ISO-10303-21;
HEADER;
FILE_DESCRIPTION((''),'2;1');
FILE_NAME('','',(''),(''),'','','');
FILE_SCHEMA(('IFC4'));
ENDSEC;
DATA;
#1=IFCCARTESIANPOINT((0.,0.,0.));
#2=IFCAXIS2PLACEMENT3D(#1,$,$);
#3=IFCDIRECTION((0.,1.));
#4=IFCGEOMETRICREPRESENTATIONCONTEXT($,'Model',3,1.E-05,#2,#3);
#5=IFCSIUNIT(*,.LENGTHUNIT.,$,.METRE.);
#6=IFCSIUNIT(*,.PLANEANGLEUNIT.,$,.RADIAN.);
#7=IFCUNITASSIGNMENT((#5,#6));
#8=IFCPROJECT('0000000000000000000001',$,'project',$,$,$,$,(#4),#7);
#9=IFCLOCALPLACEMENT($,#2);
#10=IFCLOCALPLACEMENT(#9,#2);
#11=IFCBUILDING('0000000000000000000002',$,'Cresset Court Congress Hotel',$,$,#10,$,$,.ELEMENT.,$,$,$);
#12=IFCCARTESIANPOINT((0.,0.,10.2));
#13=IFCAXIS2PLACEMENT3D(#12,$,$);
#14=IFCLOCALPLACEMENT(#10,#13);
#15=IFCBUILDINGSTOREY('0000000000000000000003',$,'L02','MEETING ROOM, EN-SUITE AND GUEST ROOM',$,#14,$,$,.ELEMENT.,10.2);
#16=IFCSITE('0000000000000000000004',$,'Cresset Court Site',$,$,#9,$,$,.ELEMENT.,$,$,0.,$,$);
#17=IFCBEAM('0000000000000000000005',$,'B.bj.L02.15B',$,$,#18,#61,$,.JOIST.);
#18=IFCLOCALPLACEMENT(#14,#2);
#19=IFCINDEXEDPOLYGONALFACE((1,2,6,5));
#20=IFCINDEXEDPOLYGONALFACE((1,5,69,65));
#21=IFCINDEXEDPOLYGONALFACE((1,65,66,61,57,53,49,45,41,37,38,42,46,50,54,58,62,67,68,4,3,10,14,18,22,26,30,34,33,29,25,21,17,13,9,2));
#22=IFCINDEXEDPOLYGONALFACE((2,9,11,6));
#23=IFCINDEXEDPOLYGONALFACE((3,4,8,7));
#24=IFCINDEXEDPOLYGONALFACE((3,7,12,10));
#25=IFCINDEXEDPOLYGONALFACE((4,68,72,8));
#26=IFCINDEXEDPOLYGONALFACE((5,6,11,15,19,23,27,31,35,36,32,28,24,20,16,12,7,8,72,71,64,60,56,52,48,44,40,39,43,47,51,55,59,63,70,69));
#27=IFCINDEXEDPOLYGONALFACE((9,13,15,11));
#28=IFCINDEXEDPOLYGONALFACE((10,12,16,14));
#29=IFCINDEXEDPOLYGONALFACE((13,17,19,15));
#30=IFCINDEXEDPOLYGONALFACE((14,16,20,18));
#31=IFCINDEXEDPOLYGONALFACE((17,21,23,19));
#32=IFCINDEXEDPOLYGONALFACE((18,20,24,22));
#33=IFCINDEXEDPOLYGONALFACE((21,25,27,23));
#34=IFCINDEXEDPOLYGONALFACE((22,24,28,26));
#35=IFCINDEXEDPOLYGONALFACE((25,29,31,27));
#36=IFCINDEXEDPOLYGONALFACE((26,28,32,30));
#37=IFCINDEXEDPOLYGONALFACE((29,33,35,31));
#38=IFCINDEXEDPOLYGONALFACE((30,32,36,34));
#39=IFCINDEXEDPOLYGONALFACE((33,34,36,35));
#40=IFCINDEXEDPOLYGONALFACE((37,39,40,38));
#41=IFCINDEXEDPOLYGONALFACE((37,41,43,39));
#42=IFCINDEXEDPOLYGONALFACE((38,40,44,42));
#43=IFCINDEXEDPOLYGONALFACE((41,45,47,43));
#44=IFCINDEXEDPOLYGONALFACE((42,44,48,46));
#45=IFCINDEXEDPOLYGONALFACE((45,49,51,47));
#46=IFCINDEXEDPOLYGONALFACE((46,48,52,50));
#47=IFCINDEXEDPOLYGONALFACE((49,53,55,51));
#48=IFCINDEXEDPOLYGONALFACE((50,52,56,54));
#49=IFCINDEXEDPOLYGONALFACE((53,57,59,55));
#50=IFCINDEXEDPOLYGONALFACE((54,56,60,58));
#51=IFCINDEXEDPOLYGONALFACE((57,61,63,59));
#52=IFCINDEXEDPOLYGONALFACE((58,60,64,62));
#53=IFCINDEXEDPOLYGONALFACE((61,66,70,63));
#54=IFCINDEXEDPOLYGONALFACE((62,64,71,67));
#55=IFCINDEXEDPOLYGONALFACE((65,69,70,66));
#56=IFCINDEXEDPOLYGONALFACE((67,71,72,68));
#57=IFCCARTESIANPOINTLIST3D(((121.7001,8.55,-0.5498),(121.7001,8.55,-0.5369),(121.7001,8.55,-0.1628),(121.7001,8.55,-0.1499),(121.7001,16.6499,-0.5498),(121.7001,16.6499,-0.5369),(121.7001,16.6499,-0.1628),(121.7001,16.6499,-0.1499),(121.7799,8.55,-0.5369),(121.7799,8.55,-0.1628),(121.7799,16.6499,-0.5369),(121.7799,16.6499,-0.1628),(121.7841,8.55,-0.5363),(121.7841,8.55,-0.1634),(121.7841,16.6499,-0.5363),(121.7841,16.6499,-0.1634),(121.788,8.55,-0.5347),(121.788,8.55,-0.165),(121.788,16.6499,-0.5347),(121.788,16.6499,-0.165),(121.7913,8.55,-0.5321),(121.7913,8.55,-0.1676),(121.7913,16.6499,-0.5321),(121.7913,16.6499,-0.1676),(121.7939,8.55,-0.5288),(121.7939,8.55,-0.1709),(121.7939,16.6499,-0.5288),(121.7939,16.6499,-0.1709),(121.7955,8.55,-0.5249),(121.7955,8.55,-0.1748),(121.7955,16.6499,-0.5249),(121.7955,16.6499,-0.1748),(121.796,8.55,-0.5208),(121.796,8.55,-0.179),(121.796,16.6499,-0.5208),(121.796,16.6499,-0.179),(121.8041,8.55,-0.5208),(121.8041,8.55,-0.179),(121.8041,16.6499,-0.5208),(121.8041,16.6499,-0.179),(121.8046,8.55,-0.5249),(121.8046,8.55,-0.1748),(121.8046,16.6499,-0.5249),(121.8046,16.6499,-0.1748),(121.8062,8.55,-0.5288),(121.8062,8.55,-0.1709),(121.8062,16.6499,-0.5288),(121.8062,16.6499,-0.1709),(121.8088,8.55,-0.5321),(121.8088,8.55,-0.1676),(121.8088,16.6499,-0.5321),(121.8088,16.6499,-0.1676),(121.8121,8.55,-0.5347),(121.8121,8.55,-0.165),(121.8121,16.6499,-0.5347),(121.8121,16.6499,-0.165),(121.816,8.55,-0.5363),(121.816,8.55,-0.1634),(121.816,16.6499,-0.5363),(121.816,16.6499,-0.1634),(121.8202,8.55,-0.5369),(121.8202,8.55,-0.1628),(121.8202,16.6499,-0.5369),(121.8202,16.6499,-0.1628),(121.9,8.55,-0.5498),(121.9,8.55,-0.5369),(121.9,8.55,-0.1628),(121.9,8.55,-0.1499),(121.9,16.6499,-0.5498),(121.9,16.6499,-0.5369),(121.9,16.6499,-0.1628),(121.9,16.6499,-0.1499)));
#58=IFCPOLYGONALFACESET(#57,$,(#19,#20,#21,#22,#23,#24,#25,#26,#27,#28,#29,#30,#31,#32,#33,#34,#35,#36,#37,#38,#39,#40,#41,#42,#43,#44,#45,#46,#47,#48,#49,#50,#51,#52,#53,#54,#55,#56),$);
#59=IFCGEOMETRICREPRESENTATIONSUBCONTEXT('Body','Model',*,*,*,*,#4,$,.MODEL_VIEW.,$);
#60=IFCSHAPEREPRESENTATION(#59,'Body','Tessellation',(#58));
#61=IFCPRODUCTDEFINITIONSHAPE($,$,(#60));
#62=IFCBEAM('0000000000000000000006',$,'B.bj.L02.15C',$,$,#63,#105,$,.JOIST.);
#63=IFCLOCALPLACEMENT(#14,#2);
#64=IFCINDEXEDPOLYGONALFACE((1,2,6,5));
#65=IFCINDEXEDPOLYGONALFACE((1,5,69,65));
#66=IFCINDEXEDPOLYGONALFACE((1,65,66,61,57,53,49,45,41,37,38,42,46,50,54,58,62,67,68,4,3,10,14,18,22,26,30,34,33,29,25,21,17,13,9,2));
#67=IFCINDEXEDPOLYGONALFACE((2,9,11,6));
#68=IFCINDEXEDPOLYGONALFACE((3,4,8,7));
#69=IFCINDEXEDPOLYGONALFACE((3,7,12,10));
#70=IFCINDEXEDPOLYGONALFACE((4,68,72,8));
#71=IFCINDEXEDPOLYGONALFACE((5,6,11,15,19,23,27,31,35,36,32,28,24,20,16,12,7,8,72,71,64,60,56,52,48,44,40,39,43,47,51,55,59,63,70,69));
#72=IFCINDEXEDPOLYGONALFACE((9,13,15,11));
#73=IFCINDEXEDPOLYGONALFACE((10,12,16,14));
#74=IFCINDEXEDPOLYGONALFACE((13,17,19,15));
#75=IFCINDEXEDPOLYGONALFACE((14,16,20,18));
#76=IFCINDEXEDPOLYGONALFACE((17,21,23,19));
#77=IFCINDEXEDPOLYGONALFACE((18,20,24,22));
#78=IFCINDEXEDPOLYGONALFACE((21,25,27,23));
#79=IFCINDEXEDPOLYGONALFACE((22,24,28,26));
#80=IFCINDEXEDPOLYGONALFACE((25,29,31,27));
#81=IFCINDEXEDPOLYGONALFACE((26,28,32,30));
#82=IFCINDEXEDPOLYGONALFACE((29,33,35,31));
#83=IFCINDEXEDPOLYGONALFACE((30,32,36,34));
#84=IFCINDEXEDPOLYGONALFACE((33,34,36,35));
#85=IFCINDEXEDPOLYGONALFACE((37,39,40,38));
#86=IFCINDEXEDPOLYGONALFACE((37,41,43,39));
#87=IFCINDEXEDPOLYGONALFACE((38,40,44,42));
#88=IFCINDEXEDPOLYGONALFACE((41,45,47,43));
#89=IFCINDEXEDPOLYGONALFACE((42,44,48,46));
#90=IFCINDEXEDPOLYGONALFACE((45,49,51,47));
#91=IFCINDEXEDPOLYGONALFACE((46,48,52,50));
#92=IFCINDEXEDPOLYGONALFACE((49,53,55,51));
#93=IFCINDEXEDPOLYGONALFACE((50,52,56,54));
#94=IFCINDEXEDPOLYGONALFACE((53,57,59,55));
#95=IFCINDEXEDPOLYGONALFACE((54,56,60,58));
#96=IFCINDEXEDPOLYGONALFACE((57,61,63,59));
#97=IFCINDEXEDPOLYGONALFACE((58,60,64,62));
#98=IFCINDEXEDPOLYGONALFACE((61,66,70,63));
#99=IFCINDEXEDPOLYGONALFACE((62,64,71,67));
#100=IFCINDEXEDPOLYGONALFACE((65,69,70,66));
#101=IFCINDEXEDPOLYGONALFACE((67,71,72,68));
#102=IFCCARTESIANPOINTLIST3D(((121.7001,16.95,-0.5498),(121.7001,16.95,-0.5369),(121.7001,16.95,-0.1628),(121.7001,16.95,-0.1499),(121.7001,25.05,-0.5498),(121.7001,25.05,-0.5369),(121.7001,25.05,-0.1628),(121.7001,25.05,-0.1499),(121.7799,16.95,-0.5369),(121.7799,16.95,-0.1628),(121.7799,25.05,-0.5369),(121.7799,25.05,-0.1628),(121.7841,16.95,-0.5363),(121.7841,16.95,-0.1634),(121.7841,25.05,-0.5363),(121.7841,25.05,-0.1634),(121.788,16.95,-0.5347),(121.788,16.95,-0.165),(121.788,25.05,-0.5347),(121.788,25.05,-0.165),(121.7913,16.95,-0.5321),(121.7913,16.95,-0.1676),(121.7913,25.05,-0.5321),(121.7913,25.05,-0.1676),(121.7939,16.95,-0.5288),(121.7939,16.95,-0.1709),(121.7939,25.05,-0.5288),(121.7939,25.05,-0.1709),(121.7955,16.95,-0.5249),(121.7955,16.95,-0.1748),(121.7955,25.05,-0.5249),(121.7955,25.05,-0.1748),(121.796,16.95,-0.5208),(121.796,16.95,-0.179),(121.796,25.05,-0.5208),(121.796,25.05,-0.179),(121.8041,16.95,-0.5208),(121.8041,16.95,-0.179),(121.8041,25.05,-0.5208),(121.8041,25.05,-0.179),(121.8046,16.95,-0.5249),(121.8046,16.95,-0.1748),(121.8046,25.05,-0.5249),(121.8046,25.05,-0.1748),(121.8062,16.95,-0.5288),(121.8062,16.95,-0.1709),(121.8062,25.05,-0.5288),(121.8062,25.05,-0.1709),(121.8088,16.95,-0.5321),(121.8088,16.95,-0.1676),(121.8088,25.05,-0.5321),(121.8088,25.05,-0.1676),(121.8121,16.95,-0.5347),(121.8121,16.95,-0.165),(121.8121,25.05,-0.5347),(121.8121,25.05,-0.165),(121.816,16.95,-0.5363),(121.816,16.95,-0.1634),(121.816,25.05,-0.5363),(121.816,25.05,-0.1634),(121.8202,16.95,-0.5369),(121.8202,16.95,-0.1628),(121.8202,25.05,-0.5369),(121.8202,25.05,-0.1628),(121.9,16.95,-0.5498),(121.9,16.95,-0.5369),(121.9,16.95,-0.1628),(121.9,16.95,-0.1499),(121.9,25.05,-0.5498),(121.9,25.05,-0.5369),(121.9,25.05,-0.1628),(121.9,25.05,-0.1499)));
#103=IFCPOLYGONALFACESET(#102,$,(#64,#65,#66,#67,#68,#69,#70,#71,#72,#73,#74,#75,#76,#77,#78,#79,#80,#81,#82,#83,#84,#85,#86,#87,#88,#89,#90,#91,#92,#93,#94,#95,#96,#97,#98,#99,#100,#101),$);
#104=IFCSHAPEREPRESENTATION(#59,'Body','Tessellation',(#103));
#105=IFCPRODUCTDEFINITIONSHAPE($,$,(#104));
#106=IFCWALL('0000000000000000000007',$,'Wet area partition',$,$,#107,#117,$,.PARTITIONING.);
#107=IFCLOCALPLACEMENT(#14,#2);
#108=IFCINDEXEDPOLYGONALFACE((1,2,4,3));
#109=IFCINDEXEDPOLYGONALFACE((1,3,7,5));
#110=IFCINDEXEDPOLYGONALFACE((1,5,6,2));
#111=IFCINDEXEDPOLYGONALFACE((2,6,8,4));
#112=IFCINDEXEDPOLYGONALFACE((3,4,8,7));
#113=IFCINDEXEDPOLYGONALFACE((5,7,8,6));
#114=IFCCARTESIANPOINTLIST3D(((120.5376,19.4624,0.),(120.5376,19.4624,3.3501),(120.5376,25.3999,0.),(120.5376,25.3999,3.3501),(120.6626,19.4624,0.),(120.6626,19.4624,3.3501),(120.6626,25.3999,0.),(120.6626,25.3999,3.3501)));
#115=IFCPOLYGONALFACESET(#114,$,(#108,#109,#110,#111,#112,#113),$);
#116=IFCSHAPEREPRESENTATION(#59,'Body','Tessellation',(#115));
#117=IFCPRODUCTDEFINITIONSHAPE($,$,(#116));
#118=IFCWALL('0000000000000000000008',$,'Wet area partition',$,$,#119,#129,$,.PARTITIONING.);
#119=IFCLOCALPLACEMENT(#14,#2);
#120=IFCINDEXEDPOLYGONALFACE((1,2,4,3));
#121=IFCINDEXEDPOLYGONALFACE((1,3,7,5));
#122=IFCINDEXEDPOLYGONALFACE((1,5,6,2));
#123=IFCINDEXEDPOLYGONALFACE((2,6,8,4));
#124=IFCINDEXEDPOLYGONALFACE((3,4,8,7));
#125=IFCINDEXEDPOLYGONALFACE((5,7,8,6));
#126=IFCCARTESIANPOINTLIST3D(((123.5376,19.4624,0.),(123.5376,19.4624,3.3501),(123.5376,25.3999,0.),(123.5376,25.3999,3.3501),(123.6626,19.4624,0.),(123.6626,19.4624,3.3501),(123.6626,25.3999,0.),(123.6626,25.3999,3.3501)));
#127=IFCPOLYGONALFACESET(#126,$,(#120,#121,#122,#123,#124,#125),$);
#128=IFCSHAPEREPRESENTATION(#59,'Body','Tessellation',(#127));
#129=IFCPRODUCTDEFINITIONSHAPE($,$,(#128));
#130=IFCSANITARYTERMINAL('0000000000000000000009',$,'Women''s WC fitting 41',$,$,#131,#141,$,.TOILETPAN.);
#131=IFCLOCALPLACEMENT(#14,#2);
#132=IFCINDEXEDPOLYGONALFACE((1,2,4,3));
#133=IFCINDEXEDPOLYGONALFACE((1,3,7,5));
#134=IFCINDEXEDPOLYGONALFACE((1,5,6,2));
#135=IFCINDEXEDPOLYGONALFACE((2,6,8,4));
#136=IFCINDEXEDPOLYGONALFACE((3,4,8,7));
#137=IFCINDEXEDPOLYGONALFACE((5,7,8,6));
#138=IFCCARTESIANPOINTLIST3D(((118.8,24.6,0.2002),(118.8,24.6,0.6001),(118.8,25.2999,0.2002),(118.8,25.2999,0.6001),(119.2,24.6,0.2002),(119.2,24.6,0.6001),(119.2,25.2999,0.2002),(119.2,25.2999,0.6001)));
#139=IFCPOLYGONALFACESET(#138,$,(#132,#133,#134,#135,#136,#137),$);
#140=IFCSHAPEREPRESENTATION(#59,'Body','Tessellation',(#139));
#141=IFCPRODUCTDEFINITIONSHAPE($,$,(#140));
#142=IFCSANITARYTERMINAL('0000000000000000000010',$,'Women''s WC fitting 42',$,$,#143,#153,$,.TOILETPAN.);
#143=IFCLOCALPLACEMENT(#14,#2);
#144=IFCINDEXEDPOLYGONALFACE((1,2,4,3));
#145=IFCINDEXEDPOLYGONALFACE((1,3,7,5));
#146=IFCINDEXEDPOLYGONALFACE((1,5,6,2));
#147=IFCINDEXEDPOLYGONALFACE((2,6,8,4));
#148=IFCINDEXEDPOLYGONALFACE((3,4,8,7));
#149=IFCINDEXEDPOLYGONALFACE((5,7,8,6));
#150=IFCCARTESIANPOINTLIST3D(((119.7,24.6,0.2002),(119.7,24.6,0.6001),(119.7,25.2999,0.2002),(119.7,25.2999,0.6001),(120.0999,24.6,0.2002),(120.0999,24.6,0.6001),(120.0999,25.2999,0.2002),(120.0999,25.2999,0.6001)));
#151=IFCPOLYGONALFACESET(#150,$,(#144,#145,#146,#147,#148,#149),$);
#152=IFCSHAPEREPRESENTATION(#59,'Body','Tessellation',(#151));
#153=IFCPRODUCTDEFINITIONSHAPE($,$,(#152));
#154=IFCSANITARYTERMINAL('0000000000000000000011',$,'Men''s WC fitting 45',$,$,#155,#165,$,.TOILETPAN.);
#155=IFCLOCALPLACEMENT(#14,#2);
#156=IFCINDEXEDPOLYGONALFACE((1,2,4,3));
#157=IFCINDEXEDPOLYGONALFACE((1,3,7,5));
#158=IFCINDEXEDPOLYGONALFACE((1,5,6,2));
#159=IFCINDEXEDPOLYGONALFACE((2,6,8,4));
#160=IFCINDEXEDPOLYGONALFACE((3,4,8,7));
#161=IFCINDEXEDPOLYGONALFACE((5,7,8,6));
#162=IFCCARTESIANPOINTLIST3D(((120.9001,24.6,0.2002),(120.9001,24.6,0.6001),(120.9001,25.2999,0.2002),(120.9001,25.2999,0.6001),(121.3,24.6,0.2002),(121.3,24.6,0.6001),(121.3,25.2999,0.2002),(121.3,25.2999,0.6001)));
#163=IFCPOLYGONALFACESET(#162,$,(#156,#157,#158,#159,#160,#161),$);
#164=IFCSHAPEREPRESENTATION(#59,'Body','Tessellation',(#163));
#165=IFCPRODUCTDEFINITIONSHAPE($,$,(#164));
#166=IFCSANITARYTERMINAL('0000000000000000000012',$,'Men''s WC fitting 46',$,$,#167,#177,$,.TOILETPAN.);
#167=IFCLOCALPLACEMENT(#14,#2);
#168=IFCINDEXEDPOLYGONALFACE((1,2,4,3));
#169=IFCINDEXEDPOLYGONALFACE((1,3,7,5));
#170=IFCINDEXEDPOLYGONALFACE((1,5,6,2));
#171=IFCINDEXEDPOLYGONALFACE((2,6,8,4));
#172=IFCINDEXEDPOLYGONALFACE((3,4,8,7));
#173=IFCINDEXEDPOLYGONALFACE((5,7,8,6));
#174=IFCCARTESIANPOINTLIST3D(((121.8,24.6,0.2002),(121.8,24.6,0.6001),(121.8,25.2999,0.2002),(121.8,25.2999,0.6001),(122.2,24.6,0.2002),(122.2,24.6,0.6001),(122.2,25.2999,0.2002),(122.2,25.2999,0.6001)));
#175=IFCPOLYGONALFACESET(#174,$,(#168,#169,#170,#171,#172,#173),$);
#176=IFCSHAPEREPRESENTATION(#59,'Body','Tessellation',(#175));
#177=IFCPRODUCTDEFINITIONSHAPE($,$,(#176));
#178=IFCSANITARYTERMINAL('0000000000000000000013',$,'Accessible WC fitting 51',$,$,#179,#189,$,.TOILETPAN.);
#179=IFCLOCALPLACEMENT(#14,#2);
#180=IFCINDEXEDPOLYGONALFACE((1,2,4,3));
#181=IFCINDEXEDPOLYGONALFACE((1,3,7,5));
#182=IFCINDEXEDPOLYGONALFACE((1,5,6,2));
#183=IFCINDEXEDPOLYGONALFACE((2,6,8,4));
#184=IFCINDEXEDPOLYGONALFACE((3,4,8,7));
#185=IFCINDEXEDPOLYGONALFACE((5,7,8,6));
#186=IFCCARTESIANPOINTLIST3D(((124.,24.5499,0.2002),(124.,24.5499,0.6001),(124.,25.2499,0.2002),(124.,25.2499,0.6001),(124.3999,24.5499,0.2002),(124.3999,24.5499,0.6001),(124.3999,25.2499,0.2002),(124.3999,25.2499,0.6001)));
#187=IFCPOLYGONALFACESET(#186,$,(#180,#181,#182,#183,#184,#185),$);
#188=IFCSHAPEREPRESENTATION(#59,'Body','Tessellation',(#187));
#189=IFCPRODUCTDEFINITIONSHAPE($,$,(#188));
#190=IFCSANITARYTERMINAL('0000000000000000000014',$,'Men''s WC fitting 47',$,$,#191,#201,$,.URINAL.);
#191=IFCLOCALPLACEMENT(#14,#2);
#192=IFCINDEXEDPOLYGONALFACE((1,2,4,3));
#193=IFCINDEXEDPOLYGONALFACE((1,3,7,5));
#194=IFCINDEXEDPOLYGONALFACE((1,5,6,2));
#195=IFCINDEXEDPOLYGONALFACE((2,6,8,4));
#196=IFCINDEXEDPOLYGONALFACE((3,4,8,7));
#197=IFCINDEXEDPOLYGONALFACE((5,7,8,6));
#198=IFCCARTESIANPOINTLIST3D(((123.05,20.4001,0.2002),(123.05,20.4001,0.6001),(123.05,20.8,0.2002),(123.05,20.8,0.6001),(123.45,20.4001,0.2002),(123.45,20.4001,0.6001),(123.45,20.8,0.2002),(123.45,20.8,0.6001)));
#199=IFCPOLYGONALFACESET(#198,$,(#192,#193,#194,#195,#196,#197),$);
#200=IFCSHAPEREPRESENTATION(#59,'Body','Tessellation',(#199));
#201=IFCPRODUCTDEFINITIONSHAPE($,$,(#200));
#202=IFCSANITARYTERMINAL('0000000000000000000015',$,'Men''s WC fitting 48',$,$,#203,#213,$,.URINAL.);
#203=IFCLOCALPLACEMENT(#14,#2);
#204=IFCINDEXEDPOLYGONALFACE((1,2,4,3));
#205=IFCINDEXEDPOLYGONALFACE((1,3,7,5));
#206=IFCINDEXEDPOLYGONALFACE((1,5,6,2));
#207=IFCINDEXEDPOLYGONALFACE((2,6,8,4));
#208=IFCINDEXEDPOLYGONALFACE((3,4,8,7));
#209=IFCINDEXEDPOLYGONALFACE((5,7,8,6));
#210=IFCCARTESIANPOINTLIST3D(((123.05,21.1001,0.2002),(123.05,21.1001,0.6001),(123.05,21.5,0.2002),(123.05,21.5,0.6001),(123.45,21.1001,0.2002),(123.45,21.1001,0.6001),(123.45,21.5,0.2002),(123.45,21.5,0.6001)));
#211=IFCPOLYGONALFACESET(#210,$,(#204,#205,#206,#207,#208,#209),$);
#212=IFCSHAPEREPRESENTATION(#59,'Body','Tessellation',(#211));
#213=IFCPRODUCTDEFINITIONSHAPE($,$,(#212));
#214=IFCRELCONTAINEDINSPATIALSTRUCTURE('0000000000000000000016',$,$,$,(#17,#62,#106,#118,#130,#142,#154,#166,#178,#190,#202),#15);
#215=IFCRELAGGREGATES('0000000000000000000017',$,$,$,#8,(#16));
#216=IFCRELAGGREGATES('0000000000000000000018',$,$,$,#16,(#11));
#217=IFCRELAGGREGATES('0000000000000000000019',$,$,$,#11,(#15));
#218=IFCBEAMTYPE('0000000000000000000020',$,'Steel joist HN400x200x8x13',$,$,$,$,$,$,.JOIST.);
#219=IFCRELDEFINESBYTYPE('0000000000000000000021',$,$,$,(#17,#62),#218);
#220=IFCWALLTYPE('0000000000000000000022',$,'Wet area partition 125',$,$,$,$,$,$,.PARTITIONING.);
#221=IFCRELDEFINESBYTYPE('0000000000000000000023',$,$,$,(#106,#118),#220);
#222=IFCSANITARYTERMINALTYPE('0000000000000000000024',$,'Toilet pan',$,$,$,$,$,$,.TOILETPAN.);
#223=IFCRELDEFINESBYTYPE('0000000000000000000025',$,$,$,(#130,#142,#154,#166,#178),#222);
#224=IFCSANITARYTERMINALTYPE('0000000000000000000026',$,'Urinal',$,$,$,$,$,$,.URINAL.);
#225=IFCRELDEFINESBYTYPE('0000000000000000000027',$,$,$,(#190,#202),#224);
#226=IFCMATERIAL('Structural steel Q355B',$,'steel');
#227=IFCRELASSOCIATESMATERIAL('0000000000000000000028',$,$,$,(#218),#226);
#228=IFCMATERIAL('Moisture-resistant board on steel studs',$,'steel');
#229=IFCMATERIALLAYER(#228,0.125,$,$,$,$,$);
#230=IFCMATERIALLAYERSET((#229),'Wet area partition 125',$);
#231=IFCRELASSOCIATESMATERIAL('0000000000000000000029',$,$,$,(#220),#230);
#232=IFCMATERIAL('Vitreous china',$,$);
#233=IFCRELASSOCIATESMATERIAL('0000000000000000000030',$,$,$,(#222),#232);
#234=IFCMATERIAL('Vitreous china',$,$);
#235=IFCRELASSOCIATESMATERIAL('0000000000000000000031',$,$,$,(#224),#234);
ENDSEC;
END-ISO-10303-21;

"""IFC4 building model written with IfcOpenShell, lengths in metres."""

from ifc_helpers import new_model, si_unit, direction, frame, frame_2d, origin, origin_2d, place, context, subcontext, project, spatial, rectangle, i_section, extrude, material, layer, layer_set, material_profile, profile_set, type_object, element, save


model = new_model("IFC4")

# Units and contexts
model_context = context("Model", 3, precision=1e-05, world=origin(), true_north=direction((0.0, 1.0)))
body_context = subcontext(model_context, "Body", "Model", "MODEL_VIEW")
ifc_project = project(units=[si_unit("LENGTHUNIT", "METRE"), si_unit("PLANEANGLEUNIT", "RADIAN")], contexts=[model_context])

# Site, building, storey
site_placement = place(None, origin())
site = spatial("IfcSite", under=ifc_project, at=site_placement, Name="Cresset Court Site", CompositionType="ELEMENT", RefElevation=0.0)
building_placement = place(site_placement, origin())
building = spatial("IfcBuilding", under=site, at=building_placement, Name="Cresset Court Congress Hotel", CompositionType="ELEMENT")
storey_placement = place(building_placement, frame((0.0, 0.0, 10.2)))
storey = spatial("IfcBuildingStorey", under=building, at=storey_placement, Name="L02", Description="MEETING ROOM, EN-SUITE AND GUEST ROOM", CompositionType="ELEMENT", Elevation=10.2)

# Beams
ifc_material_1 = material(Name="Structural steel Q355B", Category="steel")
ifc_material_profile_1 = material_profile(ifc_material_1, i_section(OverallWidth=0.2, OverallDepth=0.3999, WebThickness=0.0081, FlangeThickness=0.0129, FilletRadius=0.0161, at=origin_2d()), Name="HN400x200x8x13")
ifc_profile_set_1 = profile_set([ifc_material_profile_1], Name="Structural steel Q355B")
beam_type = type_object("IfcBeamType", Name="Steel joist HN400x200x8x13", PredefinedType="JOIST", material=ifc_profile_set_1)
beam_1_placement = place(storey_placement, frame((121.8, 8.55, -0.3499), z_axis=(0.0, 1.0, 0.0), x_axis=(-1.0, 0.0, 0.0)))
element("IfcBeam", 1, at=beam_1_placement, inside=storey, type_object=beam_type, Name="B.bj.L02.15B", PredefinedType="JOIST", context=body_context, shape_type="SweptSolid", body=[
    extrude(i_section(OverallWidth=0.2, OverallDepth=0.3999, WebThickness=0.0081, FlangeThickness=0.0129, FilletRadius=0.0161, at=origin_2d()), origin(), (0.0, 0.0, 1.0), 8.0999),
])
beam_2_placement = place(storey_placement, frame((121.8, 16.95, -0.3499), z_axis=(0.0, 1.0, 0.0), x_axis=(-1.0, 0.0, 0.0)))
element("IfcBeam", 2, at=beam_2_placement, inside=storey, type_object=beam_type, Name="B.bj.L02.15C", PredefinedType="JOIST", context=body_context, shape_type="SweptSolid", body=[
    extrude(i_section(OverallWidth=0.2, OverallDepth=0.3999, WebThickness=0.0081, FlangeThickness=0.0129, FilletRadius=0.0161, at=origin_2d()), origin(), (0.0, 0.0, 1.0), 8.1001),
])

# Walls
ifc_material_2 = material(Name="Moisture-resistant board on steel studs", Category="steel")
ifc_layer_1 = layer(ifc_material_2, 0.125)
ifc_layer_set_1 = layer_set([ifc_layer_1], Name="Wet area partition 125")
wall_type = type_object("IfcWallType", Name="Wet area partition 125", PredefinedType="PARTITIONING", material=ifc_layer_set_1)
for number, where, z_axis, x_axis, name in (
    (3, (120.6001, 19.4624, 0.0), (0.0, 0.0, 1.0), (0.0, 1.0, 0.0), "Wet area partition"),
    (4, (123.6001, 19.4624, 0.0), (0.0, 0.0, 1.0), (0.0, 1.0, 0.0), "Wet area partition"),
):
    element("IfcWall", number, at=place(storey_placement, frame(where, z_axis=z_axis, x_axis=x_axis)), inside=storey, type_object=wall_type, Name=name, PredefinedType="PARTITIONING", context=body_context, shape_type="SweptSolid", body=[
        extrude(rectangle(XDim=5.9375, YDim=0.125, at=frame_2d((2.9688, 0.0))), origin(), (0.0, 0.0, 1.0), 3.3501),
    ])

# Sanitary terminals
ifc_material_3 = material(Name="Vitreous china")
sanitary_terminal_type_1 = type_object("IfcSanitaryTerminalType", Name="Toilet pan", PredefinedType="TOILETPAN", material=ifc_material_3)
for number, where, z_axis, x_axis, name in (
    (5, (119.0, 24.95, 0.2002), (0.0, 0.0, 1.0), (1.0, 0.0, 0.0), "Women's WC fitting 41"),
    (6, (119.8999, 24.95, 0.2002), (0.0, 0.0, 1.0), (1.0, 0.0, 0.0), "Women's WC fitting 42"),
    (7, (121.1001, 24.95, 0.2002), (0.0, 0.0, 1.0), (1.0, 0.0, 0.0), "Men's WC fitting 45"),
    (8, (122.0, 24.95, 0.2002), (0.0, 0.0, 1.0), (1.0, 0.0, 0.0), "Men's WC fitting 46"),
    (9, (124.2, 24.8999, 0.2002), (0.0, 0.0, 1.0), (1.0, 0.0, 0.0), "Accessible WC fitting 51"),
):
    element("IfcSanitaryTerminal", number, at=place(storey_placement, frame(where, z_axis=z_axis, x_axis=x_axis)), inside=storey, type_object=sanitary_terminal_type_1, Name=name, PredefinedType="TOILETPAN", context=body_context, shape_type="SweptSolid", body=[
        extrude(rectangle(XDim=0.3999, YDim=0.7, at=origin_2d()), origin(), (0.0, 0.0, 1.0), 0.3999),
    ])
ifc_material_4 = material(Name="Vitreous china")
sanitary_terminal_type_2 = type_object("IfcSanitaryTerminalType", Name="Urinal", PredefinedType="URINAL", material=ifc_material_4)
for number, where, z_axis, x_axis, name in (
    (10, (123.25, 20.6001, 0.2002), (0.0, 0.0, 1.0), (1.0, 0.0, 0.0), "Men's WC fitting 47"),
    (11, (123.25, 21.3, 0.2002), (0.0, 0.0, 1.0), (1.0, 0.0, 0.0), "Men's WC fitting 48"),
):
    element("IfcSanitaryTerminal", number, at=place(storey_placement, frame(where, z_axis=z_axis, x_axis=x_axis)), inside=storey, type_object=sanitary_terminal_type_2, Name=name, PredefinedType="URINAL", context=body_context, shape_type="SweptSolid", body=[
        extrude(rectangle(XDim=0.3999, YDim=0.3999, at=origin_2d()), origin(), (0.0, 0.0, 1.0), 0.3999),
    ])

save(model, "model.ifc")
